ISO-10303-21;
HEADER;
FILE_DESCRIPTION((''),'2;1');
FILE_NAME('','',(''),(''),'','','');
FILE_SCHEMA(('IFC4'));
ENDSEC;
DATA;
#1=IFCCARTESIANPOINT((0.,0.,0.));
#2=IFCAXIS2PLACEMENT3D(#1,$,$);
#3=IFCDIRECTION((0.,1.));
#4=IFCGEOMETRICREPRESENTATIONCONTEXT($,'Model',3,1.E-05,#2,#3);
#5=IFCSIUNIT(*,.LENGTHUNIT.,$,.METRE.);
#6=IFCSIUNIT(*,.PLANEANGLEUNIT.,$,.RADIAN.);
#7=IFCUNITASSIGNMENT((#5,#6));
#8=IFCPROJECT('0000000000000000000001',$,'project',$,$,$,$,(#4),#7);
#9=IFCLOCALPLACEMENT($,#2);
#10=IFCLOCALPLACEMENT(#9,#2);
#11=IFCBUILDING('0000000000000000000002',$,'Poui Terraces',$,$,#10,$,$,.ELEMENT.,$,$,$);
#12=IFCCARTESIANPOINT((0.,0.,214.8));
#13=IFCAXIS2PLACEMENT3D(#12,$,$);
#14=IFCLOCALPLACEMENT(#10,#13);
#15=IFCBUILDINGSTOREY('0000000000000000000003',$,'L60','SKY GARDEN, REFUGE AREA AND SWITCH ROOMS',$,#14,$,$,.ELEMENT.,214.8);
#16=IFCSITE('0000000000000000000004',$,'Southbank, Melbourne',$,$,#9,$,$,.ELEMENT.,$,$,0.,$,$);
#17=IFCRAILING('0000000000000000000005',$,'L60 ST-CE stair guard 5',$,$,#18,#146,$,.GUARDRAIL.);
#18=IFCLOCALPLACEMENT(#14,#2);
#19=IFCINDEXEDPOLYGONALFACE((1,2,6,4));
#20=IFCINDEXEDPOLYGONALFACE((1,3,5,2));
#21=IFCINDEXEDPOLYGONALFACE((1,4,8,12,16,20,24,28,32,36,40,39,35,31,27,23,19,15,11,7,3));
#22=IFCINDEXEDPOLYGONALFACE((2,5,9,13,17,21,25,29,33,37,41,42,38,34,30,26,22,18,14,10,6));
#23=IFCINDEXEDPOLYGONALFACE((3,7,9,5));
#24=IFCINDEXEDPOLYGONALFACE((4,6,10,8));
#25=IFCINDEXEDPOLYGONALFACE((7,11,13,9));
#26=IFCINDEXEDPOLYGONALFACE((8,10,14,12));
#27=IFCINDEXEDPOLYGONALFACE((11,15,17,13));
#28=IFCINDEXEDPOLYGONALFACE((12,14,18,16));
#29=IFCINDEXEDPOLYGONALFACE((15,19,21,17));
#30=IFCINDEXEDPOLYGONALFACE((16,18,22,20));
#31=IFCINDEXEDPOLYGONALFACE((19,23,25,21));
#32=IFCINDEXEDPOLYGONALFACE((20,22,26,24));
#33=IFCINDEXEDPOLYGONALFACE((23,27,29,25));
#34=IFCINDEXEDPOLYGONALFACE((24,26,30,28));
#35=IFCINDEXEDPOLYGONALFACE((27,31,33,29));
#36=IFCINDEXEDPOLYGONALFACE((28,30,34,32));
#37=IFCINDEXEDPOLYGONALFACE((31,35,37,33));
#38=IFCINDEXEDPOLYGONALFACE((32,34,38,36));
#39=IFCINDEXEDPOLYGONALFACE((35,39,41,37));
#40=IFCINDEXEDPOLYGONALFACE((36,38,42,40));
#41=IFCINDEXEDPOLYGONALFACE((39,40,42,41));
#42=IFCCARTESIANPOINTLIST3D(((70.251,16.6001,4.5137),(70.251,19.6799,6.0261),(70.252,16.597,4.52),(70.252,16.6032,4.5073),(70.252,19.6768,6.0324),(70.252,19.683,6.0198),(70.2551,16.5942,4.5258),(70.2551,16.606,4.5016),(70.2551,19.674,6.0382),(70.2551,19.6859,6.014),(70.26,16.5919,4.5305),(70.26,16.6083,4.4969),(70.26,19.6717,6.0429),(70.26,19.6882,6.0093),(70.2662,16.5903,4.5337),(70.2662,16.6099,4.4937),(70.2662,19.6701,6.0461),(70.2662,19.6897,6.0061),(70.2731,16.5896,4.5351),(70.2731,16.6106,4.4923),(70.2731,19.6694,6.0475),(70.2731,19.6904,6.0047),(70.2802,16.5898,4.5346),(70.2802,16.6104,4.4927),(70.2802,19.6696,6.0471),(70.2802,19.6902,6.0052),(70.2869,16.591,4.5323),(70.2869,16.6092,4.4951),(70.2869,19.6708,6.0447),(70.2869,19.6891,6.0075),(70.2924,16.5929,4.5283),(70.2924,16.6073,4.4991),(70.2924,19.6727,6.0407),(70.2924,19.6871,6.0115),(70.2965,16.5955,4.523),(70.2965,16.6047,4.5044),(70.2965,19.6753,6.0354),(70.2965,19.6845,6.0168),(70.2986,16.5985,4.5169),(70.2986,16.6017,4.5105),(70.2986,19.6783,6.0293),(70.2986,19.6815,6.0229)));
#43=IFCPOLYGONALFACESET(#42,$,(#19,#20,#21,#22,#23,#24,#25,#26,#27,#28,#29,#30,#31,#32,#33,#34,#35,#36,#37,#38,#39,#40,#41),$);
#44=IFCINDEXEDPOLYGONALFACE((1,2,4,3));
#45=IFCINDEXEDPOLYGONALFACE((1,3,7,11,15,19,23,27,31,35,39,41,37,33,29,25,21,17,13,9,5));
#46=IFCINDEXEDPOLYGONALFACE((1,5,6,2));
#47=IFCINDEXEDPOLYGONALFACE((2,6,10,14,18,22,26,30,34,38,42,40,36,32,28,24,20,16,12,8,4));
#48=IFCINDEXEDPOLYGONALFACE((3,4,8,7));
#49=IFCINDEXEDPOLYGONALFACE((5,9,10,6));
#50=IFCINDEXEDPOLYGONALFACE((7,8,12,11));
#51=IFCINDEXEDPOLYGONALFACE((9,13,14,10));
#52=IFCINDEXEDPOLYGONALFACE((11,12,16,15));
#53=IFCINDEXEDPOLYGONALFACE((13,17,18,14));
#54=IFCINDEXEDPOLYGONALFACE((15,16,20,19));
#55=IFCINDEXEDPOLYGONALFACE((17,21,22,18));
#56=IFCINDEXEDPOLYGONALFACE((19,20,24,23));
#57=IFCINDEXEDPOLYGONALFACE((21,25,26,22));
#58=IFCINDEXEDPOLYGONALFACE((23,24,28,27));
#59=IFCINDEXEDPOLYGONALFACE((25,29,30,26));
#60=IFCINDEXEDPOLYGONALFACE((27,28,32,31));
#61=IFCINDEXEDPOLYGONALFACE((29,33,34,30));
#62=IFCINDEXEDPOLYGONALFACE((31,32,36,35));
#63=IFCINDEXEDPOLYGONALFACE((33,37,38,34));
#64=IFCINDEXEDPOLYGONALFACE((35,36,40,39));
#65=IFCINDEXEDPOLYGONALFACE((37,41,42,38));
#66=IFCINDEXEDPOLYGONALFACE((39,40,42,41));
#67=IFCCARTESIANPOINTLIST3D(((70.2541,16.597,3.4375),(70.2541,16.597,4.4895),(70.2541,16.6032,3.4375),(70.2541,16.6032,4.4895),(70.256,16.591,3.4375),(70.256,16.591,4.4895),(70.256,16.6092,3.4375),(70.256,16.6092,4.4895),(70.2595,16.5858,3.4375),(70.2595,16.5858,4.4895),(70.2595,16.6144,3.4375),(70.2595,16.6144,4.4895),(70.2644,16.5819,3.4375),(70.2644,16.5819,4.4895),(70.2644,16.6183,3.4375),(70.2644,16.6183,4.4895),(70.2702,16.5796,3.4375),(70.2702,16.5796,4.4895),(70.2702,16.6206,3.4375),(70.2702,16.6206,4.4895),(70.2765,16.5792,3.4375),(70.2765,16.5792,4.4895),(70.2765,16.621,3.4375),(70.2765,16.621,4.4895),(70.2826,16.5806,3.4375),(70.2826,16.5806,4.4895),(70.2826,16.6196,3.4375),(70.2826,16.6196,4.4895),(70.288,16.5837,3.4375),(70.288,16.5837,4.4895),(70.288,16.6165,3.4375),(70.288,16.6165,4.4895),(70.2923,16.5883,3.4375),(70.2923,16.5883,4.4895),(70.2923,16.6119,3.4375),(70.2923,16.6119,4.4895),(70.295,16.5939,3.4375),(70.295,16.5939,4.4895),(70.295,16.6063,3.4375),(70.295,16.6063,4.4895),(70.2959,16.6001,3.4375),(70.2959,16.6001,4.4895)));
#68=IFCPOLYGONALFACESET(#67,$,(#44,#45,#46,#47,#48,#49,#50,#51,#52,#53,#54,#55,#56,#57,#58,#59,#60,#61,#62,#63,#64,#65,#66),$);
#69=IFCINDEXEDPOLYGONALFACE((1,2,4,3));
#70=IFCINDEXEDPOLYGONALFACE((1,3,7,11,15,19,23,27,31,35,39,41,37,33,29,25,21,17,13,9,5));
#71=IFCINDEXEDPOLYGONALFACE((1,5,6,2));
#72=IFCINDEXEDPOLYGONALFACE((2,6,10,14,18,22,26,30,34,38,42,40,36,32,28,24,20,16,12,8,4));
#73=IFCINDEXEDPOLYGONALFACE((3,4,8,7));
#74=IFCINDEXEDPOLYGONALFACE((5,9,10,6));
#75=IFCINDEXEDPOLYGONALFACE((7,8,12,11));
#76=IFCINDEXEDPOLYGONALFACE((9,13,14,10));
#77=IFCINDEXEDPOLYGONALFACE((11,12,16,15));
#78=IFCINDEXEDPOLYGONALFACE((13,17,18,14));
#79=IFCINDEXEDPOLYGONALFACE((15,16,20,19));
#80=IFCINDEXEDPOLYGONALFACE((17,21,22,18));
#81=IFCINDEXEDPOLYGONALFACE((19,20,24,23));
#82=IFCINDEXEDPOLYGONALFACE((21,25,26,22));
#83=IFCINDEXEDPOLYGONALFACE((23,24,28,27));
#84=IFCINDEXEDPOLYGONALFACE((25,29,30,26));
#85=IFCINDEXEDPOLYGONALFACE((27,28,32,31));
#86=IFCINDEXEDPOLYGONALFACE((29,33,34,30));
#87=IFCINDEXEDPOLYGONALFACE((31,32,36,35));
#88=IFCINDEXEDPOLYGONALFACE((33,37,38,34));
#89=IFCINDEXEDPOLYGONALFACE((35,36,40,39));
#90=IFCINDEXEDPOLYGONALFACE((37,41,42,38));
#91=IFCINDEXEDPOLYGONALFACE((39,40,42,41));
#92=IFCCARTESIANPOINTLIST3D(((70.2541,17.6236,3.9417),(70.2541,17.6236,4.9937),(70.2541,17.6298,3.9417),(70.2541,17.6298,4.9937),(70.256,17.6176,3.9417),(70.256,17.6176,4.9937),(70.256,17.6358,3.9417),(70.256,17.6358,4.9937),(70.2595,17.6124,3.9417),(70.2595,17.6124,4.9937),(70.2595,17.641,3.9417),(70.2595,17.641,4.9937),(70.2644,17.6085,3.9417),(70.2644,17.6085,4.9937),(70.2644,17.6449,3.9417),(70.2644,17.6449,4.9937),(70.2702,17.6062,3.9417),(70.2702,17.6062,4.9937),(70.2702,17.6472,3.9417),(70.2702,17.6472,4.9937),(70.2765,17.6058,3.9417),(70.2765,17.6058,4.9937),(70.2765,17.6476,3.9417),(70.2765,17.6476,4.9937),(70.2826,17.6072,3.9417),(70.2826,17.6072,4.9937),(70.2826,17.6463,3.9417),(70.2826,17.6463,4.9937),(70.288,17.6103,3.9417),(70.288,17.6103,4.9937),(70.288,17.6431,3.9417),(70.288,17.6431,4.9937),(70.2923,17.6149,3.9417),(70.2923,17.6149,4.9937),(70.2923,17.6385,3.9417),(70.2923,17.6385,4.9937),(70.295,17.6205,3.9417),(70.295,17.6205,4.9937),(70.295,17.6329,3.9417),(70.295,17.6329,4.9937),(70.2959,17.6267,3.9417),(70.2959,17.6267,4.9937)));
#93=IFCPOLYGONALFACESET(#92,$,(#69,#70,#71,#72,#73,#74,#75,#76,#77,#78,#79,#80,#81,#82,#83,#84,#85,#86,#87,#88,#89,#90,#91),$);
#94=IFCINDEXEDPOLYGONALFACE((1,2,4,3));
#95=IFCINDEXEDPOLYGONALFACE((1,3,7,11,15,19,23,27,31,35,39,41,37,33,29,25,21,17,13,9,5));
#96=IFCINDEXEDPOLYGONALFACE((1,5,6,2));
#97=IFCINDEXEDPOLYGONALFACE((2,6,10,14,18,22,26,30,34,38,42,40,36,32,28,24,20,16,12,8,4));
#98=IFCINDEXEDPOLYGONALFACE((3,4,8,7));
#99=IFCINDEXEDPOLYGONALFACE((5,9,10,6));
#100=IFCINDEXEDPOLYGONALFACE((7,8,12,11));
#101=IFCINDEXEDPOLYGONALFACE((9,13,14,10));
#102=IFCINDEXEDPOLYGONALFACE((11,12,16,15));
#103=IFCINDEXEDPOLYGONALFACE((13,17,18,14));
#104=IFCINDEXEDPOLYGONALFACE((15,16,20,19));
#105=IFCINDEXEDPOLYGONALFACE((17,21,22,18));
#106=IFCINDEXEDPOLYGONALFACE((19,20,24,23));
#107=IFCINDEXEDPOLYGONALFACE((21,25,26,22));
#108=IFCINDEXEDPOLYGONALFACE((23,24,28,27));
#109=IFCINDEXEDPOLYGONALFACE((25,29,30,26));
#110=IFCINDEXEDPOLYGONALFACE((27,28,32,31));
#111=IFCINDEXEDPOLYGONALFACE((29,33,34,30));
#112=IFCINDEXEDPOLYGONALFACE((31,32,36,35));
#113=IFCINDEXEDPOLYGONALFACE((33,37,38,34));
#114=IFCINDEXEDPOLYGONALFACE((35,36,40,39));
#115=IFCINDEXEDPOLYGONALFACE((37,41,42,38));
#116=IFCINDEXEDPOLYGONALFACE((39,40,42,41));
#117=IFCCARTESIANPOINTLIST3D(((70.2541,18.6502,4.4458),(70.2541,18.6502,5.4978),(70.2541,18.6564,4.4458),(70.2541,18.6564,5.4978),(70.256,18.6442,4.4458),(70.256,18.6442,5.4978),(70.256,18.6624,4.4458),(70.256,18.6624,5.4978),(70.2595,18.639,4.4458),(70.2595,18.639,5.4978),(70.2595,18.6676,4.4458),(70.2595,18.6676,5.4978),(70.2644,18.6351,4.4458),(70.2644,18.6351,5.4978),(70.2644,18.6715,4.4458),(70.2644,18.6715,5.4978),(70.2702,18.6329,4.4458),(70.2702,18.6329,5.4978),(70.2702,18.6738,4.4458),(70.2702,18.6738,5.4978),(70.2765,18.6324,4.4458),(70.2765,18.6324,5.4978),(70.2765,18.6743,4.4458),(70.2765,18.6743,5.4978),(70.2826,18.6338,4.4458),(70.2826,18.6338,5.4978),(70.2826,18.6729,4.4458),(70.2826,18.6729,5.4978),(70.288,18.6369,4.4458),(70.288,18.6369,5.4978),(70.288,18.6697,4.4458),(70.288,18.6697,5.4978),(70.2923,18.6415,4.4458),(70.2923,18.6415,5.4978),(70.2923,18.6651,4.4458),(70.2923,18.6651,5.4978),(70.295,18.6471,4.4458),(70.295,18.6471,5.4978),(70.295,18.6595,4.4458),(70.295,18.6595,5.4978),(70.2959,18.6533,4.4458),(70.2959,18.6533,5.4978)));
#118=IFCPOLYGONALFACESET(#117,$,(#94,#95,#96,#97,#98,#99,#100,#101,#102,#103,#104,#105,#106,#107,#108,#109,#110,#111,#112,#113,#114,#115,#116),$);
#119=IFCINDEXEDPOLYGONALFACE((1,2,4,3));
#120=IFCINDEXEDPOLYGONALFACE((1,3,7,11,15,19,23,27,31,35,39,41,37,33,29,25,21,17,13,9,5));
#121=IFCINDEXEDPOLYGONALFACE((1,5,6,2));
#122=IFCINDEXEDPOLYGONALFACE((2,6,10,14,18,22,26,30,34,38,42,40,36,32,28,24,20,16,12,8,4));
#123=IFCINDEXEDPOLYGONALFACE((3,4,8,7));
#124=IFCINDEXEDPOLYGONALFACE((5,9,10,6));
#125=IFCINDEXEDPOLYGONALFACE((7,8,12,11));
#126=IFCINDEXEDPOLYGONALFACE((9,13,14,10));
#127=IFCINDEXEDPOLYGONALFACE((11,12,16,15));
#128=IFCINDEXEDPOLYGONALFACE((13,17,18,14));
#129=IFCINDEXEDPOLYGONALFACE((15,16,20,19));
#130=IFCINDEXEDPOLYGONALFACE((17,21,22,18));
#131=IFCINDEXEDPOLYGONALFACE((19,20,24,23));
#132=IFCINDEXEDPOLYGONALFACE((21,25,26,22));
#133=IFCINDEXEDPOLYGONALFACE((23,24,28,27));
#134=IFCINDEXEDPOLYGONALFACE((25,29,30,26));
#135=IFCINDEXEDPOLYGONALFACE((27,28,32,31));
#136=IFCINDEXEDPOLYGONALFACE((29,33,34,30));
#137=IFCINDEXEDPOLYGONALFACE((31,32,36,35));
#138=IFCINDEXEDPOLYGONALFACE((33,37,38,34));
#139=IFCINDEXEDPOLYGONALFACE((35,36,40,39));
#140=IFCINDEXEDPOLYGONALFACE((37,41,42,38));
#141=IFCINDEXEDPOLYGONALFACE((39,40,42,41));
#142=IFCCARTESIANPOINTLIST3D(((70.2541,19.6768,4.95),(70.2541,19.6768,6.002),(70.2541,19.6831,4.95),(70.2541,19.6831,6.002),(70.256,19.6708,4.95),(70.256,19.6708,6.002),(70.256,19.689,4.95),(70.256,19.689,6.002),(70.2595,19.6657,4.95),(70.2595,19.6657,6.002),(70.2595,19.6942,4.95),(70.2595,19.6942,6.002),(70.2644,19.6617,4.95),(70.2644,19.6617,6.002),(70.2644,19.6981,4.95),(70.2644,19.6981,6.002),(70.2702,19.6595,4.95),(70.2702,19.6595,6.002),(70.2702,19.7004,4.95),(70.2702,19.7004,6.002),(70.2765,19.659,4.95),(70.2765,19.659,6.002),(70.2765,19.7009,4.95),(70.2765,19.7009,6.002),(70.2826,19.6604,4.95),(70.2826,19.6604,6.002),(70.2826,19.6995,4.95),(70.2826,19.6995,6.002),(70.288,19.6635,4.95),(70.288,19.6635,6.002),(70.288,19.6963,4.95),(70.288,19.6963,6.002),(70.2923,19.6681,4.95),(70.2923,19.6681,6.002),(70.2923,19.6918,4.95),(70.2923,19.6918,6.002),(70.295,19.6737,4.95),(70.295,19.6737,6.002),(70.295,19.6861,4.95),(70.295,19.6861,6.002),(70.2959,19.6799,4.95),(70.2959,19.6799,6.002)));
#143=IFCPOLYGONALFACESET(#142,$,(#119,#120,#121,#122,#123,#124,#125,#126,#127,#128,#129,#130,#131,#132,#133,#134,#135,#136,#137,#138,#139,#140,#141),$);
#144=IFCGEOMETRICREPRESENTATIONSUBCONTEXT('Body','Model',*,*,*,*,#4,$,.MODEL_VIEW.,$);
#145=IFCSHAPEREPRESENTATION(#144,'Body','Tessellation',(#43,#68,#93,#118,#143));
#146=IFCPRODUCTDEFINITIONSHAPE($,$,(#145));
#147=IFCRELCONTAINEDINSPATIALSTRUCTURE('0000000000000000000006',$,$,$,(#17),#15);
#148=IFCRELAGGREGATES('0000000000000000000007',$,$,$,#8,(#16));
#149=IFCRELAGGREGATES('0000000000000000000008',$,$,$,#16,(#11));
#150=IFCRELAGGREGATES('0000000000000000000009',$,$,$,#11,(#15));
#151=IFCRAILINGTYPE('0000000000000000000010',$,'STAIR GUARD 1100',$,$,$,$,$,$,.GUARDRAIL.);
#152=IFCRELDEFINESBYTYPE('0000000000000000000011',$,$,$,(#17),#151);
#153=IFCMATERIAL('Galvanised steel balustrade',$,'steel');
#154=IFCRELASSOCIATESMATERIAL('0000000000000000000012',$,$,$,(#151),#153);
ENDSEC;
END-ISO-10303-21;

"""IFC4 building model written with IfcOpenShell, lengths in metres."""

from ifc_helpers import new_model, si_unit, direction, frame, origin, origin_2d, place, context, subcontext, project, spatial, circle, extrude, material, type_object, element, save


model = new_model("IFC4")

# Units and contexts
model_context = context("Model", 3, precision=1e-05, world=origin(), true_north=direction((0.0, 1.0)))
body_context = subcontext(model_context, "Body", "Model", "MODEL_VIEW")
ifc_project = project(units=[si_unit("LENGTHUNIT", "METRE"), si_unit("PLANEANGLEUNIT", "RADIAN")], contexts=[model_context])

# Site, building, storey
site_placement = place(None, origin())
site = spatial("IfcSite", under=ifc_project, at=site_placement, Name="Southbank, Melbourne", CompositionType="ELEMENT", RefElevation=0.0)
building_placement = place(site_placement, origin())
building = spatial("IfcBuilding", under=site, at=building_placement, Name="Poui Terraces", CompositionType="ELEMENT")
storey_placement = place(building_placement, frame((0.0, 0.0, 214.8)))
storey = spatial("IfcBuildingStorey", under=building, at=storey_placement, Name="L60", Description="SKY GARDEN, REFUGE AREA AND SWITCH ROOMS", CompositionType="ELEMENT", Elevation=214.8)

# Railing
ifc_material_1 = material(Name="Galvanised steel balustrade", Category="steel")
railing_type_1 = type_object("IfcRailingType", Name="STAIR GUARD 1100", PredefinedType="GUARDRAIL", material=ifc_material_1)
railing_1_placement = place(storey_placement, frame((70.2749, 16.6001, 3.4375)))
element("IfcRailing", 1, at=railing_1_placement, inside=storey, type_object=railing_type_1, Name="L60 ST-CE stair guard 5", PredefinedType="GUARDRAIL", context=body_context, shape_type="SweptSolid", body=[
    extrude(circle(Radius=0.0239, at=origin_2d()), frame((0.0, 0.0, 1.0762), z_axis=(0.0, 0.897606, 0.440798), x_axis=(-1.0, 0.0, 0.0)), (0.0, 0.0, 1.0), 3.4312),
    extrude(circle(Radius=0.021, at=origin_2d()), origin(), (0.0, 0.0, 1.0), 1.052),
    extrude(circle(Radius=0.021, at=origin_2d()), frame((0.0, 1.0266, 0.5042)), (0.0, 0.0, 1.0), 1.052),
    extrude(circle(Radius=0.021, at=origin_2d()), frame((0.0, 2.0532, 1.0083)), (0.0, 0.0, 1.0), 1.052),
    extrude(circle(Radius=0.021, at=origin_2d()), frame((0.0, 3.0798, 1.5125)), (0.0, 0.0, 1.0), 1.052),
])

save(model, "model.ifc")
